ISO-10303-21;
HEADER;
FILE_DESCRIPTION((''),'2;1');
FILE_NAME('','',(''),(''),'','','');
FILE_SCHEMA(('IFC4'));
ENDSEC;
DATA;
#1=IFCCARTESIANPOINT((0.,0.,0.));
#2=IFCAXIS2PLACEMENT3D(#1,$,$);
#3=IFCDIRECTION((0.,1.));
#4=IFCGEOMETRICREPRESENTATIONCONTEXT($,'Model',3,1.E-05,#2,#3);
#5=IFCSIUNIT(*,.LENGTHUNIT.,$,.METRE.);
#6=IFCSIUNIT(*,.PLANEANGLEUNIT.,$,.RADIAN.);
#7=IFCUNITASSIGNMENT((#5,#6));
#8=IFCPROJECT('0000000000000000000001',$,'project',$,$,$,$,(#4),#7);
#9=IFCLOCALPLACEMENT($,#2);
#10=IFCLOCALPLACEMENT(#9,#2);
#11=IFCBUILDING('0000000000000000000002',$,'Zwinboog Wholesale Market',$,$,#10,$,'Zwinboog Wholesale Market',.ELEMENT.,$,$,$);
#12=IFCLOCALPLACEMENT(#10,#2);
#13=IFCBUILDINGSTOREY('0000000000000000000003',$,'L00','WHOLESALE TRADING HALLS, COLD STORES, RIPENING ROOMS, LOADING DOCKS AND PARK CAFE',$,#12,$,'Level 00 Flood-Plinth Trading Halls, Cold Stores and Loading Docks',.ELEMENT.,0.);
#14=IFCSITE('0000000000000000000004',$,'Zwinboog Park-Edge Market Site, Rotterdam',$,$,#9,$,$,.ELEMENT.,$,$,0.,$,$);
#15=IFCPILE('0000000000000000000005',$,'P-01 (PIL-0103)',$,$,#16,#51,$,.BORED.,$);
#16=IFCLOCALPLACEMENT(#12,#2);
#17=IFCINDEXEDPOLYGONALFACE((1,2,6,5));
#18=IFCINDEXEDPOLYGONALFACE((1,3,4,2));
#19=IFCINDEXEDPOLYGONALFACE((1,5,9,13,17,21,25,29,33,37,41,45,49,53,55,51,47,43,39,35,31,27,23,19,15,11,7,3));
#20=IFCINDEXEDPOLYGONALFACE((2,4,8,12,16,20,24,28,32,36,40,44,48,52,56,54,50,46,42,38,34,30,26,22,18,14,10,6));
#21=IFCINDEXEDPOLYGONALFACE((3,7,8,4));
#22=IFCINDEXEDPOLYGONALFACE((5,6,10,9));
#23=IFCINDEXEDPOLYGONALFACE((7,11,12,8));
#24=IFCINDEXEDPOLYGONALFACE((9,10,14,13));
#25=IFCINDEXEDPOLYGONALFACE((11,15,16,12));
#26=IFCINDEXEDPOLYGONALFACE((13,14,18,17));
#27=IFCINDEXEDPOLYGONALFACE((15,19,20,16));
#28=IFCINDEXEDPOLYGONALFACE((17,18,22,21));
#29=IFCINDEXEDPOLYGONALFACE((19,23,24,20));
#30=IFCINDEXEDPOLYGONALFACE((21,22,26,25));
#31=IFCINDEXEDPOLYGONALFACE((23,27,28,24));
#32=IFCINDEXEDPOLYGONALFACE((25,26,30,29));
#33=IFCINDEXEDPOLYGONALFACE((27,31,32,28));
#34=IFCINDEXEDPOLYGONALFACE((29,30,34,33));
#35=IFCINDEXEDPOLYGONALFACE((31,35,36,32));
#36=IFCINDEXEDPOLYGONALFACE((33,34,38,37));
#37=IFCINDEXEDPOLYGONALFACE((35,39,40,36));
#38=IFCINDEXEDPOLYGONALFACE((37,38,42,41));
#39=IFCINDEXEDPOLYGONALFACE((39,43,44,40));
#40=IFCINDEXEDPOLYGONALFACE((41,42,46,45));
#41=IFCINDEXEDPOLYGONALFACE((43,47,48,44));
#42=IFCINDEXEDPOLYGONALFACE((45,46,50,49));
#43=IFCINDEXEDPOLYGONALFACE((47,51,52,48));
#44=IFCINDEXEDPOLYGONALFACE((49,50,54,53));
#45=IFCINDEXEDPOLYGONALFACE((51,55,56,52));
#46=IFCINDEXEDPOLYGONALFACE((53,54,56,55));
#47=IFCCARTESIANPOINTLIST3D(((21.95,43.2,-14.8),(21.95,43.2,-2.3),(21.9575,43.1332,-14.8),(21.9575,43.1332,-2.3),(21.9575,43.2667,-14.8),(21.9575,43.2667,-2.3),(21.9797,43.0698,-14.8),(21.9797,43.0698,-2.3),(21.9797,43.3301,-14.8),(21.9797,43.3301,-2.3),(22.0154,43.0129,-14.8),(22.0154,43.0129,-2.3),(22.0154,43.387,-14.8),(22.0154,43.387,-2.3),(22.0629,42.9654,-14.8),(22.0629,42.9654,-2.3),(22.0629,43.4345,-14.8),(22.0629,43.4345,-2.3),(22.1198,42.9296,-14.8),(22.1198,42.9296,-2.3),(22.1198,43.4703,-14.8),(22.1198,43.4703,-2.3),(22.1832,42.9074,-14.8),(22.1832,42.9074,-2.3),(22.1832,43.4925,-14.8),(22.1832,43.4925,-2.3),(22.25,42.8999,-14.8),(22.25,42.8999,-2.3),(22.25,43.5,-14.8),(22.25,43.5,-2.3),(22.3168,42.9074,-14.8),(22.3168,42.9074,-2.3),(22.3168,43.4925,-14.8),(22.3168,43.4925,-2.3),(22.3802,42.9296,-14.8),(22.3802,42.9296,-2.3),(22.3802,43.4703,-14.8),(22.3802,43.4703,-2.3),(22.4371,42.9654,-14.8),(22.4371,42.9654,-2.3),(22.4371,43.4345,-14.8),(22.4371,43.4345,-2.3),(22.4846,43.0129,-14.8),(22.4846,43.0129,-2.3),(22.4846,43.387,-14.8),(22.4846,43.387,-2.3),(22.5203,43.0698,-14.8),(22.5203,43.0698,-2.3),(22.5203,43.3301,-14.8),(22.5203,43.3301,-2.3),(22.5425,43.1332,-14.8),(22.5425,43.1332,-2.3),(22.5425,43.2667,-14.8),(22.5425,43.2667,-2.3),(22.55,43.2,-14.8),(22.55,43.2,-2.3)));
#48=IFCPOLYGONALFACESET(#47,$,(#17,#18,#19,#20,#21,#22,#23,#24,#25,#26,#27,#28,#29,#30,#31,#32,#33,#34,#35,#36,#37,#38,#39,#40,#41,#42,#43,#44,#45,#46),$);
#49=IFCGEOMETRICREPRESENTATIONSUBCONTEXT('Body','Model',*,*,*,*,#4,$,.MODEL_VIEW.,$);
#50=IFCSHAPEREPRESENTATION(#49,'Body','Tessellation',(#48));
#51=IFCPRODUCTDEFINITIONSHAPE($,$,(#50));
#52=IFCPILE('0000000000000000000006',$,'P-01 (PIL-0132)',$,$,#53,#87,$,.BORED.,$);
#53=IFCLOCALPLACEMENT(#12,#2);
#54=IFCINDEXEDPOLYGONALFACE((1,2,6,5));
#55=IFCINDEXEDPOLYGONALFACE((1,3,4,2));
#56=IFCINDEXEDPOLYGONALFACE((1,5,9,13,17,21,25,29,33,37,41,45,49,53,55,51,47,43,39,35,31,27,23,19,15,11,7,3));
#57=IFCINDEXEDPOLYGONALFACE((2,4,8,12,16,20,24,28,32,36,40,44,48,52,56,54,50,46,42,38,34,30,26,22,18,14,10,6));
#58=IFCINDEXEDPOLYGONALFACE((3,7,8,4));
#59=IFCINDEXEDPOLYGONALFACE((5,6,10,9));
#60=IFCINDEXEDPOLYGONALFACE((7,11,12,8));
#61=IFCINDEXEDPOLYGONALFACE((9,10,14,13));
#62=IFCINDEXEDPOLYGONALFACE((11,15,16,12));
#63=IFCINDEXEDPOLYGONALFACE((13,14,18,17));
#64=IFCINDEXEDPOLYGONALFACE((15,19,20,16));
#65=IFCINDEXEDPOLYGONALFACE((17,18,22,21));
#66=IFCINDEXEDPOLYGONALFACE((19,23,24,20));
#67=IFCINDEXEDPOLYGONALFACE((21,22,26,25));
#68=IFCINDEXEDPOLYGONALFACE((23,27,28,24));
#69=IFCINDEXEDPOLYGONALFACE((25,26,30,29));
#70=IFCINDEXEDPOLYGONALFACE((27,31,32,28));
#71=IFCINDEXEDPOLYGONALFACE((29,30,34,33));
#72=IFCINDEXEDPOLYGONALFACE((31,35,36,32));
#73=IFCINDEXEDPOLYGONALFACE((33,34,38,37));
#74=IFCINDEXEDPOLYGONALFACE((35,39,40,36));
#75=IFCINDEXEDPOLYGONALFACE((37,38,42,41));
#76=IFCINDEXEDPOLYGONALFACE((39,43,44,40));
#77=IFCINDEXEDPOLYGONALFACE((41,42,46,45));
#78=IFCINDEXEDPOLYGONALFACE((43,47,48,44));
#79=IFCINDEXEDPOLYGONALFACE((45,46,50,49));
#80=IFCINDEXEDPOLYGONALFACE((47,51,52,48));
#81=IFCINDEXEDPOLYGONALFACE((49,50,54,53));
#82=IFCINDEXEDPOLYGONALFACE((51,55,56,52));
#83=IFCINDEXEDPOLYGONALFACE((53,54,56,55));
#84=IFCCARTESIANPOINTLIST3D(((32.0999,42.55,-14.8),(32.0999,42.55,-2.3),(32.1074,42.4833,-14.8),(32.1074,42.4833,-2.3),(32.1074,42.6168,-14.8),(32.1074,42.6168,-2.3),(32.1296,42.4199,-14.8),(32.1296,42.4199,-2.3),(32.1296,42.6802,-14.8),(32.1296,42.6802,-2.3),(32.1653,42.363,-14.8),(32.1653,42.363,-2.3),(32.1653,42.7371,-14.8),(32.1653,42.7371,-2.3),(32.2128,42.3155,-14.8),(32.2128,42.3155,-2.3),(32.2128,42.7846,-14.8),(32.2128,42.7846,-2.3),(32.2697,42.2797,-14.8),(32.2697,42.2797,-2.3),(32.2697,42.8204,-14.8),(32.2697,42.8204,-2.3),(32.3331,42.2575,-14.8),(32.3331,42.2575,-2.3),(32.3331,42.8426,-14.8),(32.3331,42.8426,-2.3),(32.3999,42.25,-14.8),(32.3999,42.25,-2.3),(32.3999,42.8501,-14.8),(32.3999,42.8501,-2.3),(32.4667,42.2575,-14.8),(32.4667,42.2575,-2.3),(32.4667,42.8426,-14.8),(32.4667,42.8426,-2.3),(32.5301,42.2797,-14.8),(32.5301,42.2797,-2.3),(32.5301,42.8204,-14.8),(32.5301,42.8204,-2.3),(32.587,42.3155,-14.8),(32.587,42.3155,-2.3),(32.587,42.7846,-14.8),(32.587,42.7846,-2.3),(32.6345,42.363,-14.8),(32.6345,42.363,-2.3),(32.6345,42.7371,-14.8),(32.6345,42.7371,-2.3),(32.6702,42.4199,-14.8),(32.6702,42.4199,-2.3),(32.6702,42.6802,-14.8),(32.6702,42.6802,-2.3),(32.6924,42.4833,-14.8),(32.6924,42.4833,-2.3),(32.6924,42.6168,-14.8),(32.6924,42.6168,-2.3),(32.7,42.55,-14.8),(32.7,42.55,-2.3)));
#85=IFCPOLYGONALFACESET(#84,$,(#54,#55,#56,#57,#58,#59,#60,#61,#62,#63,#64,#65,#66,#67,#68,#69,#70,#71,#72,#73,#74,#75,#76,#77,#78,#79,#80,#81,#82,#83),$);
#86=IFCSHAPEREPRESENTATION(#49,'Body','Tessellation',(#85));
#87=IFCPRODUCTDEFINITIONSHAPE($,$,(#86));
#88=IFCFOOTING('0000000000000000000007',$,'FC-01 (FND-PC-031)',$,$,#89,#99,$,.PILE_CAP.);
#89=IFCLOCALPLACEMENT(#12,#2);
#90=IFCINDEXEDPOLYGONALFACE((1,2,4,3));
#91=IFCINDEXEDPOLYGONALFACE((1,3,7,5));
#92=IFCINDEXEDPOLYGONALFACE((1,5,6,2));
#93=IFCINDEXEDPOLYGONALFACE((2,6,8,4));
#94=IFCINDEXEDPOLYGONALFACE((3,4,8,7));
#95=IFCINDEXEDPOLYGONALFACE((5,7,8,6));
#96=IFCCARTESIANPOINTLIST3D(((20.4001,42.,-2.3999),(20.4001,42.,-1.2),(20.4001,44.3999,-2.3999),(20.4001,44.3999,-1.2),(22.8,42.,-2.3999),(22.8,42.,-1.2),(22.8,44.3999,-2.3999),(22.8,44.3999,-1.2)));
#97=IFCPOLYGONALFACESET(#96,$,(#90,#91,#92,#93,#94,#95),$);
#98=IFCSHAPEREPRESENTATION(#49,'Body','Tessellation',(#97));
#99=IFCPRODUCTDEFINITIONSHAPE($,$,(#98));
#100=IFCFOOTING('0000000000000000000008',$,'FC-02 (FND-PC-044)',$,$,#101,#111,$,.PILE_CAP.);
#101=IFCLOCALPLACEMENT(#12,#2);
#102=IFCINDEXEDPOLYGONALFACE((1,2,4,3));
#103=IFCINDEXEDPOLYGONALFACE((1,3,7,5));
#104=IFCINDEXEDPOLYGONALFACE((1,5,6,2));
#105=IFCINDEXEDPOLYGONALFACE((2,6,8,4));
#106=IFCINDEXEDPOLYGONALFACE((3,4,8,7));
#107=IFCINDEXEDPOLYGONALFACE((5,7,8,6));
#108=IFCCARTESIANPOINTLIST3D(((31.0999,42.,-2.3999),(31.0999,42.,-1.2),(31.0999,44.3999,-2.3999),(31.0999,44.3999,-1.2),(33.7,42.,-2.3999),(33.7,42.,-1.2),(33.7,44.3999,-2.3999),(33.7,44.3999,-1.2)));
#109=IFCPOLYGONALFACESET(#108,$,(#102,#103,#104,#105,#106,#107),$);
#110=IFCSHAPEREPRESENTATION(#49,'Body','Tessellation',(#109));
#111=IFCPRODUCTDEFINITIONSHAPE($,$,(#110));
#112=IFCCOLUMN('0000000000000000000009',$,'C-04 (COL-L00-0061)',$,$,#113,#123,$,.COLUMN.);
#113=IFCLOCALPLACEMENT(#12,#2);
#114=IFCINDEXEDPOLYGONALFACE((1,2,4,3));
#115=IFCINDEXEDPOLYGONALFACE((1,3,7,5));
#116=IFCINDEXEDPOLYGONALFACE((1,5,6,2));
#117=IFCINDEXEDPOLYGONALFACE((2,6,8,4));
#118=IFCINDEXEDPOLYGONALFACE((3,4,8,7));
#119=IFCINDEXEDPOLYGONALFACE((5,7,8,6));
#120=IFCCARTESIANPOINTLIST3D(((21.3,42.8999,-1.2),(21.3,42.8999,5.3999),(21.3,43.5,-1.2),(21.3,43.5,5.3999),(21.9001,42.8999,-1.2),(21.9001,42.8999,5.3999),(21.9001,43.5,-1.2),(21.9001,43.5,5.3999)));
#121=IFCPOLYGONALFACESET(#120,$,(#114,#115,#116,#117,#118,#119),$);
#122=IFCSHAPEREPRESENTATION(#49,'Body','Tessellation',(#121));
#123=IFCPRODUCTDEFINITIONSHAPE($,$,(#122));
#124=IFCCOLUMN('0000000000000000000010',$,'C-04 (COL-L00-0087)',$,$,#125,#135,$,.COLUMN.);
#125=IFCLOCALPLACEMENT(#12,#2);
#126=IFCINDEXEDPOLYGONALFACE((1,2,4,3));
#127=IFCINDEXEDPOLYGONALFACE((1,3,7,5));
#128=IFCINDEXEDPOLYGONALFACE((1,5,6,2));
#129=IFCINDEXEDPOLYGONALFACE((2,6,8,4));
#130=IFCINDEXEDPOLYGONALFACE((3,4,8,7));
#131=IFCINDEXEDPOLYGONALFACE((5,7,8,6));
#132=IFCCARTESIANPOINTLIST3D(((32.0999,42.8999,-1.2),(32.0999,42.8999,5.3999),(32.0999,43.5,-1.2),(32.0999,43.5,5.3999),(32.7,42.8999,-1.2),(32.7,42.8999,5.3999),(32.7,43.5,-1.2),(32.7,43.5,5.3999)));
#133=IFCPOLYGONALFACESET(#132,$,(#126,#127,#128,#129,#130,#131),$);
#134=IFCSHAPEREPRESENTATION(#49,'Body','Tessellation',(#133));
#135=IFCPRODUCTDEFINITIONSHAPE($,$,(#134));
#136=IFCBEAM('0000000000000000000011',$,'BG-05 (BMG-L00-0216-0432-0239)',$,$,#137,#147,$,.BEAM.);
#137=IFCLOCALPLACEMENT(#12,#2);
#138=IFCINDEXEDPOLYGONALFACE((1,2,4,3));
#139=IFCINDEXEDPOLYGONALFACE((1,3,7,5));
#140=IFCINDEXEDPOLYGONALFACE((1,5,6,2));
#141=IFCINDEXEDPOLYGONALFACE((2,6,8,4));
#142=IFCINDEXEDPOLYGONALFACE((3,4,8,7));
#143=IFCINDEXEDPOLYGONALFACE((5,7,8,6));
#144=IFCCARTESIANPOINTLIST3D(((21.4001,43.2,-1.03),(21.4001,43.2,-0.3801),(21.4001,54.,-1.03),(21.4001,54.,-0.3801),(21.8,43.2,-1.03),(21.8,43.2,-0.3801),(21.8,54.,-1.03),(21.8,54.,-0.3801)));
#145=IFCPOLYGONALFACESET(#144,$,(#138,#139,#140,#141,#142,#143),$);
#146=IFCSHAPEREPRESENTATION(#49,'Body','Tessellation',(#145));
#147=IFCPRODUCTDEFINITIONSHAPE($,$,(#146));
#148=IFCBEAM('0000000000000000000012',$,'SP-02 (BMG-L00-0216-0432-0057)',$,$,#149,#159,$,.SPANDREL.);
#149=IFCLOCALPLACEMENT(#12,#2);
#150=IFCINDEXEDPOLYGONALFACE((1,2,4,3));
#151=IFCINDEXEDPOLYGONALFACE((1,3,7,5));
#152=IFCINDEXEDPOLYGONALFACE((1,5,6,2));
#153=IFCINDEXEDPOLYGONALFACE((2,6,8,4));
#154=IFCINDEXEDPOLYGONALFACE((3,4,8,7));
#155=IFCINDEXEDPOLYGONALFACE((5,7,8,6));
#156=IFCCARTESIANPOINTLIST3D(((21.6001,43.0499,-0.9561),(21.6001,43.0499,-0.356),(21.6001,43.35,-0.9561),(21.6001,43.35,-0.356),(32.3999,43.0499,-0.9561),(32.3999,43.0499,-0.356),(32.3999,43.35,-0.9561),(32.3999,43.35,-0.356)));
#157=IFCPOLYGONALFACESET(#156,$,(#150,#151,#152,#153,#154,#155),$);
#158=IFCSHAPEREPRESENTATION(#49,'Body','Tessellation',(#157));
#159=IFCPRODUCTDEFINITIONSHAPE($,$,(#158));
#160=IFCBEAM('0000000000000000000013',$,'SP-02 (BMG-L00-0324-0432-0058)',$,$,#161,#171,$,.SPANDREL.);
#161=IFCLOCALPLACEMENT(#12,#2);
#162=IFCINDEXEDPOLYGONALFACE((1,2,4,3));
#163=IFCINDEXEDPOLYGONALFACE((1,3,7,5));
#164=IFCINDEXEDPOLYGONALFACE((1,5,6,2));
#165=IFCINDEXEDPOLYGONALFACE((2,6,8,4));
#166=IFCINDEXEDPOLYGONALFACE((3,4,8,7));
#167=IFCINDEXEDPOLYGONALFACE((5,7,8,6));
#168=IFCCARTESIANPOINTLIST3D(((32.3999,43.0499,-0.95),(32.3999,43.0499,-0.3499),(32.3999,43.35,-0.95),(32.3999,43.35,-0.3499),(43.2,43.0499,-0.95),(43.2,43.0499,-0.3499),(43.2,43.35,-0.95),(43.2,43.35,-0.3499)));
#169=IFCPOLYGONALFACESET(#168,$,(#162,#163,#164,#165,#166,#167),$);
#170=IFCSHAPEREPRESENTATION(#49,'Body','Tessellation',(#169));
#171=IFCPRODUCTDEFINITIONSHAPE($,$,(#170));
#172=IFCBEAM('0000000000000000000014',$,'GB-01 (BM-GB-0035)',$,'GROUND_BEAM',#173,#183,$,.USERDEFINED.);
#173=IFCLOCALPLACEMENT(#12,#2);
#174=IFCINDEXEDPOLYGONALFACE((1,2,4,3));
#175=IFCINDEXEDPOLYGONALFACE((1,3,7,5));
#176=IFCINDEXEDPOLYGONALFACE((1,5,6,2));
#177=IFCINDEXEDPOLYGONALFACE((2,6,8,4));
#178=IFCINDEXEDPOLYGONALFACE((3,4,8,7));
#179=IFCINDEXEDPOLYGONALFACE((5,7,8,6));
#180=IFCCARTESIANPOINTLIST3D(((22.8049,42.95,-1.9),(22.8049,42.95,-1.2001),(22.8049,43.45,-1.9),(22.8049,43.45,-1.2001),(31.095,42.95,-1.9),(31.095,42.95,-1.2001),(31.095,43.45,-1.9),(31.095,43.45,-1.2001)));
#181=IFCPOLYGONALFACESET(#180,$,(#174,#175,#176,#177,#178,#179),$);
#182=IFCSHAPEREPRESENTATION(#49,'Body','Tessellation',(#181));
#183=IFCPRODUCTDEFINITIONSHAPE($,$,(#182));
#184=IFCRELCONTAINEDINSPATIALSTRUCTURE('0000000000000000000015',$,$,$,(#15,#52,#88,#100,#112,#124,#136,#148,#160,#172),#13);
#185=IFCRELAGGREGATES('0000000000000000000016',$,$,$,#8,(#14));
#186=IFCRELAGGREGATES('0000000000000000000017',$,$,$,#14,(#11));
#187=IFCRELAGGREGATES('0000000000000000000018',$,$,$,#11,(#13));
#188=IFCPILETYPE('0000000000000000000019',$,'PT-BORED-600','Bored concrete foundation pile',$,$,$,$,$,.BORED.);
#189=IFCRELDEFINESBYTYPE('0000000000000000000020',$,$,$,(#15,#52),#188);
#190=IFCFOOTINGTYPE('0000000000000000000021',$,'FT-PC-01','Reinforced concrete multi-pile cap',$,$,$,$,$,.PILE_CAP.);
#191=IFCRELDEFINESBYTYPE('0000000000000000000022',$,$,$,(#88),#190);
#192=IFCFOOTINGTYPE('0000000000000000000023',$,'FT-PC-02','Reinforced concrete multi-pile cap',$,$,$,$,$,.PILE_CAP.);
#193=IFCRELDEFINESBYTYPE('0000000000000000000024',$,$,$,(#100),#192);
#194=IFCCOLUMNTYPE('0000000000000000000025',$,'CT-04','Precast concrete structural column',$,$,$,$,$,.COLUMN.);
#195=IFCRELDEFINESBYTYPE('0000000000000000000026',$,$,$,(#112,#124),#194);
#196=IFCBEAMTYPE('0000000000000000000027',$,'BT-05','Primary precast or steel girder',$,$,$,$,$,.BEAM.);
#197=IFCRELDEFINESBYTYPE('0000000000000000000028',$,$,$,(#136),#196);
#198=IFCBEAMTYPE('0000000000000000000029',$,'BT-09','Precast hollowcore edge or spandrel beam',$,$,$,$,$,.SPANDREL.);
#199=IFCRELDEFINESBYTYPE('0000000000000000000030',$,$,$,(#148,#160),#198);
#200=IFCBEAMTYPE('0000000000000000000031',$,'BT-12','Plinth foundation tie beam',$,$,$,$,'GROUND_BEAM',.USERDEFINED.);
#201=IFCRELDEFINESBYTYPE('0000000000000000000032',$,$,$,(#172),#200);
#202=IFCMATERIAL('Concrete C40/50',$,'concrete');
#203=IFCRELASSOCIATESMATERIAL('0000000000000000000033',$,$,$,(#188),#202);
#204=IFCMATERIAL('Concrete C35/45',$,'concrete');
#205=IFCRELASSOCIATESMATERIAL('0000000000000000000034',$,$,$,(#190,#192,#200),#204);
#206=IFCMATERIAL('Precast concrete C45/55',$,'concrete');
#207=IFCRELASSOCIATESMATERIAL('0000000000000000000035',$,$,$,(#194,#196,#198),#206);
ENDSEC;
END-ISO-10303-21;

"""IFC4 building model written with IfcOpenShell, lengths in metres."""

from ifc_helpers import new_model, si_unit, direction, frame, origin, origin_2d, place, context, subcontext, project, spatial, rectangle, circle, extrude, material, material_profile, profile_set, type_object, element, save


model = new_model("IFC4")

# Units and contexts
model_context = context("Model", 3, precision=1e-05, world=origin(), true_north=direction((0.0, 1.0)))
body_context = subcontext(model_context, "Body", "Model", "MODEL_VIEW")
ifc_project = project(units=[si_unit("LENGTHUNIT", "METRE"), si_unit("PLANEANGLEUNIT", "RADIAN")], contexts=[model_context])

# Site, building, storey
site_placement = place(None, origin())
site = spatial("IfcSite", under=ifc_project, at=site_placement, Name="Zwinboog Park-Edge Market Site, Rotterdam", CompositionType="ELEMENT", RefElevation=0.0)
building_placement = place(site_placement, origin())
building = spatial("IfcBuilding", under=site, at=building_placement, Name="Zwinboog Wholesale Market", LongName="Zwinboog Wholesale Market", CompositionType="ELEMENT")
storey_placement = place(building_placement, origin())
storey = spatial("IfcBuildingStorey", under=building, at=storey_placement, Name="L00", Description="WHOLESALE TRADING HALLS, COLD STORES, RIPENING ROOMS, LOADING DOCKS AND PARK CAFE", LongName="Level 00 Flood-Plinth Trading Halls, Cold Stores and Loading Docks", CompositionType="ELEMENT", Elevation=0.0)

# Piles
ifc_material_1 = material(Name="Concrete C40/50", Category="concrete")
ifc_material_profile_1 = material_profile(ifc_material_1, circle(Radius=0.3, at=origin_2d()), Name="PILE D600")
ifc_profile_set_1 = profile_set([ifc_material_profile_1], Name="Concrete C40/50")
pile_type = type_object("IfcPileType", Name="PT-BORED-600", Description="Bored concrete foundation pile", PredefinedType="BORED", material=ifc_profile_set_1)
for number, where, z_axis, x_axis, name in (
    (1, (22.25, 43.2, -2.3), (0.0, 0.0, -1.0), (1.0, 0.0, 0.0), "P-01 (PIL-0103)"),
    (2, (32.3999, 42.55, -2.3), (0.0, 0.0, -1.0), (1.0, 0.0, 0.0), "P-01 (PIL-0132)"),
):
    element("IfcPile", number, at=place(storey_placement, frame(where, z_axis=z_axis, x_axis=x_axis)), inside=storey, type_object=pile_type, Name=name, PredefinedType="BORED", context=body_context, shape_type="SweptSolid", body=[
        extrude(circle(Radius=0.3, at=origin_2d()), origin(), (0.0, 0.0, 1.0), 12.5),
    ])

# Footings
ifc_material_2 = material(Name="Concrete C35/45", Category="concrete")
footing_type_1 = type_object("IfcFootingType", Name="FT-PC-01", Description="Reinforced concrete multi-pile cap", PredefinedType="PILE_CAP", material=ifc_material_2)
footing_1_placement = place(storey_placement, frame((21.6001, 43.2, -2.3999), z_axis=(0.0, 0.0, 1.0), x_axis=(1.0, 0.0, 0.0)))
element("IfcFooting", 3, at=footing_1_placement, inside=storey, type_object=footing_type_1, Name="FC-01 (FND-PC-031)", PredefinedType="PILE_CAP", context=body_context, shape_type="SweptSolid", body=[
    extrude(rectangle(XDim=2.3999, YDim=2.3999, at=origin_2d()), origin(), (0.0, 0.0, 1.0), 1.2),
])
footing_type_2 = type_object("IfcFootingType", Name="FT-PC-02", Description="Reinforced concrete multi-pile cap", PredefinedType="PILE_CAP", material=ifc_material_2)
footing_2_placement = place(storey_placement, frame((32.3999, 43.2, -2.3999), z_axis=(0.0, 0.0, 1.0), x_axis=(1.0, 0.0, 0.0)))
element("IfcFooting", 4, at=footing_2_placement, inside=storey, type_object=footing_type_2, Name="FC-02 (FND-PC-044)", PredefinedType="PILE_CAP", context=body_context, shape_type="SweptSolid", body=[
    extrude(rectangle(XDim=2.6001, YDim=2.3999, at=origin_2d()), origin(), (0.0, 0.0, 1.0), 1.2),
])

# Columns
ifc_material_3 = material(Name="Precast concrete C45/55", Category="concrete")
ifc_material_profile_2 = material_profile(ifc_material_3, rectangle(XDim=0.6001, YDim=0.6001, at=origin_2d()), Name="PC 600x600")
ifc_profile_set_2 = profile_set([ifc_material_profile_2], Name="Precast concrete C45/55")
column_type = type_object("IfcColumnType", Name="CT-04", Description="Precast concrete structural column", PredefinedType="COLUMN", material=ifc_profile_set_2)
for number, where, z_axis, x_axis, name in (
    (5, (21.6001, 43.2, -1.2), (0.0, 0.0, 1.0), (1.0, 0.0, 0.0), "C-04 (COL-L00-0061)"),
    (6, (32.3999, 43.2, -1.2), (0.0, 0.0, 1.0), (1.0, 0.0, 0.0), "C-04 (COL-L00-0087)"),
):
    element("IfcColumn", number, at=place(storey_placement, frame(where, z_axis=z_axis, x_axis=x_axis)), inside=storey, type_object=column_type, Name=name, PredefinedType="COLUMN", context=body_context, shape_type="SweptSolid", body=[
        extrude(rectangle(XDim=0.6001, YDim=0.6001, at=origin_2d()), origin(), (0.0, 0.0, 1.0), 6.5999),
    ])

# Beams
ifc_material_profile_3 = material_profile(ifc_material_3, rectangle(XDim=0.3999, YDim=0.6499, at=origin_2d()), Name="PC 400x650")
ifc_profile_set_3 = profile_set([ifc_material_profile_3], Name="Precast concrete C45/55")
beam_type_1 = type_object("IfcBeamType", Name="BT-05", Description="Primary precast or steel girder", PredefinedType="BEAM", material=ifc_profile_set_3)
beam_1_placement = place(storey_placement, frame((21.6001, 43.2, -0.7051), z_axis=(0.0, 1.0, 0.0), x_axis=(-1.0, 0.0, 0.0)))
element("IfcBeam", 7, at=beam_1_placement, inside=storey, type_object=beam_type_1, Name="BG-05 (BMG-L00-0216-0432-0239)", PredefinedType="BEAM", context=body_context, shape_type="SweptSolid", body=[
    extrude(rectangle(XDim=0.3999, YDim=0.6499, at=origin_2d()), origin(), (0.0, 0.0, 1.0), 10.8),
])
ifc_material_profile_4 = material_profile(ifc_material_3, rectangle(XDim=0.3, YDim=0.6001, at=origin_2d()), Name="PC 300x600")
ifc_profile_set_4 = profile_set([ifc_material_profile_4], Name="Precast concrete C45/55")
beam_type_2 = type_object("IfcBeamType", Name="BT-09", Description="Precast hollowcore edge or spandrel beam", PredefinedType="SPANDREL", material=ifc_profile_set_4)
beam_2_placement = place(storey_placement, frame((21.6001, 43.2, -0.656), z_axis=(1.0, 0.0, 0.0), x_axis=(0.0, 1.0, 0.0)))
element("IfcBeam", 8, at=beam_2_placement, inside=storey, type_object=beam_type_2, Name="SP-02 (BMG-L00-0216-0432-0057)", PredefinedType="SPANDREL", context=body_context, shape_type="SweptSolid", body=[
    extrude(rectangle(XDim=0.3, YDim=0.6001, at=origin_2d()), origin(), (0.0, 0.0, 1.0), 10.7998),
])
beam_3_placement = place(storey_placement, frame((32.3999, 43.2, -0.6499), z_axis=(1.0, 0.0, 0.0), x_axis=(0.0, 1.0, 0.0)))
element("IfcBeam", 9, at=beam_3_placement, inside=storey, type_object=beam_type_2, Name="SP-02 (BMG-L00-0324-0432-0058)", PredefinedType="SPANDREL", context=body_context, shape_type="SweptSolid", body=[
    extrude(rectangle(XDim=0.3, YDim=0.6001, at=origin_2d()), origin(), (0.0, 0.0, 1.0), 10.8),
])
ifc_material_profile_5 = material_profile(ifc_material_2, rectangle(XDim=0.5, YDim=0.7, at=origin_2d()), Name="RC 500x700")
ifc_profile_set_5 = profile_set([ifc_material_profile_5], Name="Concrete C35/45")
beam_type_3 = type_object("IfcBeamType", Name="BT-12", Description="Plinth foundation tie beam", ElementType="GROUND_BEAM", PredefinedType="USERDEFINED", material=ifc_profile_set_5)
beam_4_placement = place(storey_placement, frame((22.8049, 43.2, -1.55), z_axis=(1.0, 0.0, 0.0), x_axis=(0.0, 1.0, 0.0)))
element("IfcBeam", 10, at=beam_4_placement, inside=storey, type_object=beam_type_3, Name="GB-01 (BM-GB-0035)", ObjectType="GROUND_BEAM", PredefinedType="USERDEFINED", context=body_context, shape_type="SweptSolid", body=[
    extrude(rectangle(XDim=0.5, YDim=0.7, at=origin_2d()), origin(), (0.0, 0.0, 1.0), 8.29),
])

save(model, "model.ifc")
